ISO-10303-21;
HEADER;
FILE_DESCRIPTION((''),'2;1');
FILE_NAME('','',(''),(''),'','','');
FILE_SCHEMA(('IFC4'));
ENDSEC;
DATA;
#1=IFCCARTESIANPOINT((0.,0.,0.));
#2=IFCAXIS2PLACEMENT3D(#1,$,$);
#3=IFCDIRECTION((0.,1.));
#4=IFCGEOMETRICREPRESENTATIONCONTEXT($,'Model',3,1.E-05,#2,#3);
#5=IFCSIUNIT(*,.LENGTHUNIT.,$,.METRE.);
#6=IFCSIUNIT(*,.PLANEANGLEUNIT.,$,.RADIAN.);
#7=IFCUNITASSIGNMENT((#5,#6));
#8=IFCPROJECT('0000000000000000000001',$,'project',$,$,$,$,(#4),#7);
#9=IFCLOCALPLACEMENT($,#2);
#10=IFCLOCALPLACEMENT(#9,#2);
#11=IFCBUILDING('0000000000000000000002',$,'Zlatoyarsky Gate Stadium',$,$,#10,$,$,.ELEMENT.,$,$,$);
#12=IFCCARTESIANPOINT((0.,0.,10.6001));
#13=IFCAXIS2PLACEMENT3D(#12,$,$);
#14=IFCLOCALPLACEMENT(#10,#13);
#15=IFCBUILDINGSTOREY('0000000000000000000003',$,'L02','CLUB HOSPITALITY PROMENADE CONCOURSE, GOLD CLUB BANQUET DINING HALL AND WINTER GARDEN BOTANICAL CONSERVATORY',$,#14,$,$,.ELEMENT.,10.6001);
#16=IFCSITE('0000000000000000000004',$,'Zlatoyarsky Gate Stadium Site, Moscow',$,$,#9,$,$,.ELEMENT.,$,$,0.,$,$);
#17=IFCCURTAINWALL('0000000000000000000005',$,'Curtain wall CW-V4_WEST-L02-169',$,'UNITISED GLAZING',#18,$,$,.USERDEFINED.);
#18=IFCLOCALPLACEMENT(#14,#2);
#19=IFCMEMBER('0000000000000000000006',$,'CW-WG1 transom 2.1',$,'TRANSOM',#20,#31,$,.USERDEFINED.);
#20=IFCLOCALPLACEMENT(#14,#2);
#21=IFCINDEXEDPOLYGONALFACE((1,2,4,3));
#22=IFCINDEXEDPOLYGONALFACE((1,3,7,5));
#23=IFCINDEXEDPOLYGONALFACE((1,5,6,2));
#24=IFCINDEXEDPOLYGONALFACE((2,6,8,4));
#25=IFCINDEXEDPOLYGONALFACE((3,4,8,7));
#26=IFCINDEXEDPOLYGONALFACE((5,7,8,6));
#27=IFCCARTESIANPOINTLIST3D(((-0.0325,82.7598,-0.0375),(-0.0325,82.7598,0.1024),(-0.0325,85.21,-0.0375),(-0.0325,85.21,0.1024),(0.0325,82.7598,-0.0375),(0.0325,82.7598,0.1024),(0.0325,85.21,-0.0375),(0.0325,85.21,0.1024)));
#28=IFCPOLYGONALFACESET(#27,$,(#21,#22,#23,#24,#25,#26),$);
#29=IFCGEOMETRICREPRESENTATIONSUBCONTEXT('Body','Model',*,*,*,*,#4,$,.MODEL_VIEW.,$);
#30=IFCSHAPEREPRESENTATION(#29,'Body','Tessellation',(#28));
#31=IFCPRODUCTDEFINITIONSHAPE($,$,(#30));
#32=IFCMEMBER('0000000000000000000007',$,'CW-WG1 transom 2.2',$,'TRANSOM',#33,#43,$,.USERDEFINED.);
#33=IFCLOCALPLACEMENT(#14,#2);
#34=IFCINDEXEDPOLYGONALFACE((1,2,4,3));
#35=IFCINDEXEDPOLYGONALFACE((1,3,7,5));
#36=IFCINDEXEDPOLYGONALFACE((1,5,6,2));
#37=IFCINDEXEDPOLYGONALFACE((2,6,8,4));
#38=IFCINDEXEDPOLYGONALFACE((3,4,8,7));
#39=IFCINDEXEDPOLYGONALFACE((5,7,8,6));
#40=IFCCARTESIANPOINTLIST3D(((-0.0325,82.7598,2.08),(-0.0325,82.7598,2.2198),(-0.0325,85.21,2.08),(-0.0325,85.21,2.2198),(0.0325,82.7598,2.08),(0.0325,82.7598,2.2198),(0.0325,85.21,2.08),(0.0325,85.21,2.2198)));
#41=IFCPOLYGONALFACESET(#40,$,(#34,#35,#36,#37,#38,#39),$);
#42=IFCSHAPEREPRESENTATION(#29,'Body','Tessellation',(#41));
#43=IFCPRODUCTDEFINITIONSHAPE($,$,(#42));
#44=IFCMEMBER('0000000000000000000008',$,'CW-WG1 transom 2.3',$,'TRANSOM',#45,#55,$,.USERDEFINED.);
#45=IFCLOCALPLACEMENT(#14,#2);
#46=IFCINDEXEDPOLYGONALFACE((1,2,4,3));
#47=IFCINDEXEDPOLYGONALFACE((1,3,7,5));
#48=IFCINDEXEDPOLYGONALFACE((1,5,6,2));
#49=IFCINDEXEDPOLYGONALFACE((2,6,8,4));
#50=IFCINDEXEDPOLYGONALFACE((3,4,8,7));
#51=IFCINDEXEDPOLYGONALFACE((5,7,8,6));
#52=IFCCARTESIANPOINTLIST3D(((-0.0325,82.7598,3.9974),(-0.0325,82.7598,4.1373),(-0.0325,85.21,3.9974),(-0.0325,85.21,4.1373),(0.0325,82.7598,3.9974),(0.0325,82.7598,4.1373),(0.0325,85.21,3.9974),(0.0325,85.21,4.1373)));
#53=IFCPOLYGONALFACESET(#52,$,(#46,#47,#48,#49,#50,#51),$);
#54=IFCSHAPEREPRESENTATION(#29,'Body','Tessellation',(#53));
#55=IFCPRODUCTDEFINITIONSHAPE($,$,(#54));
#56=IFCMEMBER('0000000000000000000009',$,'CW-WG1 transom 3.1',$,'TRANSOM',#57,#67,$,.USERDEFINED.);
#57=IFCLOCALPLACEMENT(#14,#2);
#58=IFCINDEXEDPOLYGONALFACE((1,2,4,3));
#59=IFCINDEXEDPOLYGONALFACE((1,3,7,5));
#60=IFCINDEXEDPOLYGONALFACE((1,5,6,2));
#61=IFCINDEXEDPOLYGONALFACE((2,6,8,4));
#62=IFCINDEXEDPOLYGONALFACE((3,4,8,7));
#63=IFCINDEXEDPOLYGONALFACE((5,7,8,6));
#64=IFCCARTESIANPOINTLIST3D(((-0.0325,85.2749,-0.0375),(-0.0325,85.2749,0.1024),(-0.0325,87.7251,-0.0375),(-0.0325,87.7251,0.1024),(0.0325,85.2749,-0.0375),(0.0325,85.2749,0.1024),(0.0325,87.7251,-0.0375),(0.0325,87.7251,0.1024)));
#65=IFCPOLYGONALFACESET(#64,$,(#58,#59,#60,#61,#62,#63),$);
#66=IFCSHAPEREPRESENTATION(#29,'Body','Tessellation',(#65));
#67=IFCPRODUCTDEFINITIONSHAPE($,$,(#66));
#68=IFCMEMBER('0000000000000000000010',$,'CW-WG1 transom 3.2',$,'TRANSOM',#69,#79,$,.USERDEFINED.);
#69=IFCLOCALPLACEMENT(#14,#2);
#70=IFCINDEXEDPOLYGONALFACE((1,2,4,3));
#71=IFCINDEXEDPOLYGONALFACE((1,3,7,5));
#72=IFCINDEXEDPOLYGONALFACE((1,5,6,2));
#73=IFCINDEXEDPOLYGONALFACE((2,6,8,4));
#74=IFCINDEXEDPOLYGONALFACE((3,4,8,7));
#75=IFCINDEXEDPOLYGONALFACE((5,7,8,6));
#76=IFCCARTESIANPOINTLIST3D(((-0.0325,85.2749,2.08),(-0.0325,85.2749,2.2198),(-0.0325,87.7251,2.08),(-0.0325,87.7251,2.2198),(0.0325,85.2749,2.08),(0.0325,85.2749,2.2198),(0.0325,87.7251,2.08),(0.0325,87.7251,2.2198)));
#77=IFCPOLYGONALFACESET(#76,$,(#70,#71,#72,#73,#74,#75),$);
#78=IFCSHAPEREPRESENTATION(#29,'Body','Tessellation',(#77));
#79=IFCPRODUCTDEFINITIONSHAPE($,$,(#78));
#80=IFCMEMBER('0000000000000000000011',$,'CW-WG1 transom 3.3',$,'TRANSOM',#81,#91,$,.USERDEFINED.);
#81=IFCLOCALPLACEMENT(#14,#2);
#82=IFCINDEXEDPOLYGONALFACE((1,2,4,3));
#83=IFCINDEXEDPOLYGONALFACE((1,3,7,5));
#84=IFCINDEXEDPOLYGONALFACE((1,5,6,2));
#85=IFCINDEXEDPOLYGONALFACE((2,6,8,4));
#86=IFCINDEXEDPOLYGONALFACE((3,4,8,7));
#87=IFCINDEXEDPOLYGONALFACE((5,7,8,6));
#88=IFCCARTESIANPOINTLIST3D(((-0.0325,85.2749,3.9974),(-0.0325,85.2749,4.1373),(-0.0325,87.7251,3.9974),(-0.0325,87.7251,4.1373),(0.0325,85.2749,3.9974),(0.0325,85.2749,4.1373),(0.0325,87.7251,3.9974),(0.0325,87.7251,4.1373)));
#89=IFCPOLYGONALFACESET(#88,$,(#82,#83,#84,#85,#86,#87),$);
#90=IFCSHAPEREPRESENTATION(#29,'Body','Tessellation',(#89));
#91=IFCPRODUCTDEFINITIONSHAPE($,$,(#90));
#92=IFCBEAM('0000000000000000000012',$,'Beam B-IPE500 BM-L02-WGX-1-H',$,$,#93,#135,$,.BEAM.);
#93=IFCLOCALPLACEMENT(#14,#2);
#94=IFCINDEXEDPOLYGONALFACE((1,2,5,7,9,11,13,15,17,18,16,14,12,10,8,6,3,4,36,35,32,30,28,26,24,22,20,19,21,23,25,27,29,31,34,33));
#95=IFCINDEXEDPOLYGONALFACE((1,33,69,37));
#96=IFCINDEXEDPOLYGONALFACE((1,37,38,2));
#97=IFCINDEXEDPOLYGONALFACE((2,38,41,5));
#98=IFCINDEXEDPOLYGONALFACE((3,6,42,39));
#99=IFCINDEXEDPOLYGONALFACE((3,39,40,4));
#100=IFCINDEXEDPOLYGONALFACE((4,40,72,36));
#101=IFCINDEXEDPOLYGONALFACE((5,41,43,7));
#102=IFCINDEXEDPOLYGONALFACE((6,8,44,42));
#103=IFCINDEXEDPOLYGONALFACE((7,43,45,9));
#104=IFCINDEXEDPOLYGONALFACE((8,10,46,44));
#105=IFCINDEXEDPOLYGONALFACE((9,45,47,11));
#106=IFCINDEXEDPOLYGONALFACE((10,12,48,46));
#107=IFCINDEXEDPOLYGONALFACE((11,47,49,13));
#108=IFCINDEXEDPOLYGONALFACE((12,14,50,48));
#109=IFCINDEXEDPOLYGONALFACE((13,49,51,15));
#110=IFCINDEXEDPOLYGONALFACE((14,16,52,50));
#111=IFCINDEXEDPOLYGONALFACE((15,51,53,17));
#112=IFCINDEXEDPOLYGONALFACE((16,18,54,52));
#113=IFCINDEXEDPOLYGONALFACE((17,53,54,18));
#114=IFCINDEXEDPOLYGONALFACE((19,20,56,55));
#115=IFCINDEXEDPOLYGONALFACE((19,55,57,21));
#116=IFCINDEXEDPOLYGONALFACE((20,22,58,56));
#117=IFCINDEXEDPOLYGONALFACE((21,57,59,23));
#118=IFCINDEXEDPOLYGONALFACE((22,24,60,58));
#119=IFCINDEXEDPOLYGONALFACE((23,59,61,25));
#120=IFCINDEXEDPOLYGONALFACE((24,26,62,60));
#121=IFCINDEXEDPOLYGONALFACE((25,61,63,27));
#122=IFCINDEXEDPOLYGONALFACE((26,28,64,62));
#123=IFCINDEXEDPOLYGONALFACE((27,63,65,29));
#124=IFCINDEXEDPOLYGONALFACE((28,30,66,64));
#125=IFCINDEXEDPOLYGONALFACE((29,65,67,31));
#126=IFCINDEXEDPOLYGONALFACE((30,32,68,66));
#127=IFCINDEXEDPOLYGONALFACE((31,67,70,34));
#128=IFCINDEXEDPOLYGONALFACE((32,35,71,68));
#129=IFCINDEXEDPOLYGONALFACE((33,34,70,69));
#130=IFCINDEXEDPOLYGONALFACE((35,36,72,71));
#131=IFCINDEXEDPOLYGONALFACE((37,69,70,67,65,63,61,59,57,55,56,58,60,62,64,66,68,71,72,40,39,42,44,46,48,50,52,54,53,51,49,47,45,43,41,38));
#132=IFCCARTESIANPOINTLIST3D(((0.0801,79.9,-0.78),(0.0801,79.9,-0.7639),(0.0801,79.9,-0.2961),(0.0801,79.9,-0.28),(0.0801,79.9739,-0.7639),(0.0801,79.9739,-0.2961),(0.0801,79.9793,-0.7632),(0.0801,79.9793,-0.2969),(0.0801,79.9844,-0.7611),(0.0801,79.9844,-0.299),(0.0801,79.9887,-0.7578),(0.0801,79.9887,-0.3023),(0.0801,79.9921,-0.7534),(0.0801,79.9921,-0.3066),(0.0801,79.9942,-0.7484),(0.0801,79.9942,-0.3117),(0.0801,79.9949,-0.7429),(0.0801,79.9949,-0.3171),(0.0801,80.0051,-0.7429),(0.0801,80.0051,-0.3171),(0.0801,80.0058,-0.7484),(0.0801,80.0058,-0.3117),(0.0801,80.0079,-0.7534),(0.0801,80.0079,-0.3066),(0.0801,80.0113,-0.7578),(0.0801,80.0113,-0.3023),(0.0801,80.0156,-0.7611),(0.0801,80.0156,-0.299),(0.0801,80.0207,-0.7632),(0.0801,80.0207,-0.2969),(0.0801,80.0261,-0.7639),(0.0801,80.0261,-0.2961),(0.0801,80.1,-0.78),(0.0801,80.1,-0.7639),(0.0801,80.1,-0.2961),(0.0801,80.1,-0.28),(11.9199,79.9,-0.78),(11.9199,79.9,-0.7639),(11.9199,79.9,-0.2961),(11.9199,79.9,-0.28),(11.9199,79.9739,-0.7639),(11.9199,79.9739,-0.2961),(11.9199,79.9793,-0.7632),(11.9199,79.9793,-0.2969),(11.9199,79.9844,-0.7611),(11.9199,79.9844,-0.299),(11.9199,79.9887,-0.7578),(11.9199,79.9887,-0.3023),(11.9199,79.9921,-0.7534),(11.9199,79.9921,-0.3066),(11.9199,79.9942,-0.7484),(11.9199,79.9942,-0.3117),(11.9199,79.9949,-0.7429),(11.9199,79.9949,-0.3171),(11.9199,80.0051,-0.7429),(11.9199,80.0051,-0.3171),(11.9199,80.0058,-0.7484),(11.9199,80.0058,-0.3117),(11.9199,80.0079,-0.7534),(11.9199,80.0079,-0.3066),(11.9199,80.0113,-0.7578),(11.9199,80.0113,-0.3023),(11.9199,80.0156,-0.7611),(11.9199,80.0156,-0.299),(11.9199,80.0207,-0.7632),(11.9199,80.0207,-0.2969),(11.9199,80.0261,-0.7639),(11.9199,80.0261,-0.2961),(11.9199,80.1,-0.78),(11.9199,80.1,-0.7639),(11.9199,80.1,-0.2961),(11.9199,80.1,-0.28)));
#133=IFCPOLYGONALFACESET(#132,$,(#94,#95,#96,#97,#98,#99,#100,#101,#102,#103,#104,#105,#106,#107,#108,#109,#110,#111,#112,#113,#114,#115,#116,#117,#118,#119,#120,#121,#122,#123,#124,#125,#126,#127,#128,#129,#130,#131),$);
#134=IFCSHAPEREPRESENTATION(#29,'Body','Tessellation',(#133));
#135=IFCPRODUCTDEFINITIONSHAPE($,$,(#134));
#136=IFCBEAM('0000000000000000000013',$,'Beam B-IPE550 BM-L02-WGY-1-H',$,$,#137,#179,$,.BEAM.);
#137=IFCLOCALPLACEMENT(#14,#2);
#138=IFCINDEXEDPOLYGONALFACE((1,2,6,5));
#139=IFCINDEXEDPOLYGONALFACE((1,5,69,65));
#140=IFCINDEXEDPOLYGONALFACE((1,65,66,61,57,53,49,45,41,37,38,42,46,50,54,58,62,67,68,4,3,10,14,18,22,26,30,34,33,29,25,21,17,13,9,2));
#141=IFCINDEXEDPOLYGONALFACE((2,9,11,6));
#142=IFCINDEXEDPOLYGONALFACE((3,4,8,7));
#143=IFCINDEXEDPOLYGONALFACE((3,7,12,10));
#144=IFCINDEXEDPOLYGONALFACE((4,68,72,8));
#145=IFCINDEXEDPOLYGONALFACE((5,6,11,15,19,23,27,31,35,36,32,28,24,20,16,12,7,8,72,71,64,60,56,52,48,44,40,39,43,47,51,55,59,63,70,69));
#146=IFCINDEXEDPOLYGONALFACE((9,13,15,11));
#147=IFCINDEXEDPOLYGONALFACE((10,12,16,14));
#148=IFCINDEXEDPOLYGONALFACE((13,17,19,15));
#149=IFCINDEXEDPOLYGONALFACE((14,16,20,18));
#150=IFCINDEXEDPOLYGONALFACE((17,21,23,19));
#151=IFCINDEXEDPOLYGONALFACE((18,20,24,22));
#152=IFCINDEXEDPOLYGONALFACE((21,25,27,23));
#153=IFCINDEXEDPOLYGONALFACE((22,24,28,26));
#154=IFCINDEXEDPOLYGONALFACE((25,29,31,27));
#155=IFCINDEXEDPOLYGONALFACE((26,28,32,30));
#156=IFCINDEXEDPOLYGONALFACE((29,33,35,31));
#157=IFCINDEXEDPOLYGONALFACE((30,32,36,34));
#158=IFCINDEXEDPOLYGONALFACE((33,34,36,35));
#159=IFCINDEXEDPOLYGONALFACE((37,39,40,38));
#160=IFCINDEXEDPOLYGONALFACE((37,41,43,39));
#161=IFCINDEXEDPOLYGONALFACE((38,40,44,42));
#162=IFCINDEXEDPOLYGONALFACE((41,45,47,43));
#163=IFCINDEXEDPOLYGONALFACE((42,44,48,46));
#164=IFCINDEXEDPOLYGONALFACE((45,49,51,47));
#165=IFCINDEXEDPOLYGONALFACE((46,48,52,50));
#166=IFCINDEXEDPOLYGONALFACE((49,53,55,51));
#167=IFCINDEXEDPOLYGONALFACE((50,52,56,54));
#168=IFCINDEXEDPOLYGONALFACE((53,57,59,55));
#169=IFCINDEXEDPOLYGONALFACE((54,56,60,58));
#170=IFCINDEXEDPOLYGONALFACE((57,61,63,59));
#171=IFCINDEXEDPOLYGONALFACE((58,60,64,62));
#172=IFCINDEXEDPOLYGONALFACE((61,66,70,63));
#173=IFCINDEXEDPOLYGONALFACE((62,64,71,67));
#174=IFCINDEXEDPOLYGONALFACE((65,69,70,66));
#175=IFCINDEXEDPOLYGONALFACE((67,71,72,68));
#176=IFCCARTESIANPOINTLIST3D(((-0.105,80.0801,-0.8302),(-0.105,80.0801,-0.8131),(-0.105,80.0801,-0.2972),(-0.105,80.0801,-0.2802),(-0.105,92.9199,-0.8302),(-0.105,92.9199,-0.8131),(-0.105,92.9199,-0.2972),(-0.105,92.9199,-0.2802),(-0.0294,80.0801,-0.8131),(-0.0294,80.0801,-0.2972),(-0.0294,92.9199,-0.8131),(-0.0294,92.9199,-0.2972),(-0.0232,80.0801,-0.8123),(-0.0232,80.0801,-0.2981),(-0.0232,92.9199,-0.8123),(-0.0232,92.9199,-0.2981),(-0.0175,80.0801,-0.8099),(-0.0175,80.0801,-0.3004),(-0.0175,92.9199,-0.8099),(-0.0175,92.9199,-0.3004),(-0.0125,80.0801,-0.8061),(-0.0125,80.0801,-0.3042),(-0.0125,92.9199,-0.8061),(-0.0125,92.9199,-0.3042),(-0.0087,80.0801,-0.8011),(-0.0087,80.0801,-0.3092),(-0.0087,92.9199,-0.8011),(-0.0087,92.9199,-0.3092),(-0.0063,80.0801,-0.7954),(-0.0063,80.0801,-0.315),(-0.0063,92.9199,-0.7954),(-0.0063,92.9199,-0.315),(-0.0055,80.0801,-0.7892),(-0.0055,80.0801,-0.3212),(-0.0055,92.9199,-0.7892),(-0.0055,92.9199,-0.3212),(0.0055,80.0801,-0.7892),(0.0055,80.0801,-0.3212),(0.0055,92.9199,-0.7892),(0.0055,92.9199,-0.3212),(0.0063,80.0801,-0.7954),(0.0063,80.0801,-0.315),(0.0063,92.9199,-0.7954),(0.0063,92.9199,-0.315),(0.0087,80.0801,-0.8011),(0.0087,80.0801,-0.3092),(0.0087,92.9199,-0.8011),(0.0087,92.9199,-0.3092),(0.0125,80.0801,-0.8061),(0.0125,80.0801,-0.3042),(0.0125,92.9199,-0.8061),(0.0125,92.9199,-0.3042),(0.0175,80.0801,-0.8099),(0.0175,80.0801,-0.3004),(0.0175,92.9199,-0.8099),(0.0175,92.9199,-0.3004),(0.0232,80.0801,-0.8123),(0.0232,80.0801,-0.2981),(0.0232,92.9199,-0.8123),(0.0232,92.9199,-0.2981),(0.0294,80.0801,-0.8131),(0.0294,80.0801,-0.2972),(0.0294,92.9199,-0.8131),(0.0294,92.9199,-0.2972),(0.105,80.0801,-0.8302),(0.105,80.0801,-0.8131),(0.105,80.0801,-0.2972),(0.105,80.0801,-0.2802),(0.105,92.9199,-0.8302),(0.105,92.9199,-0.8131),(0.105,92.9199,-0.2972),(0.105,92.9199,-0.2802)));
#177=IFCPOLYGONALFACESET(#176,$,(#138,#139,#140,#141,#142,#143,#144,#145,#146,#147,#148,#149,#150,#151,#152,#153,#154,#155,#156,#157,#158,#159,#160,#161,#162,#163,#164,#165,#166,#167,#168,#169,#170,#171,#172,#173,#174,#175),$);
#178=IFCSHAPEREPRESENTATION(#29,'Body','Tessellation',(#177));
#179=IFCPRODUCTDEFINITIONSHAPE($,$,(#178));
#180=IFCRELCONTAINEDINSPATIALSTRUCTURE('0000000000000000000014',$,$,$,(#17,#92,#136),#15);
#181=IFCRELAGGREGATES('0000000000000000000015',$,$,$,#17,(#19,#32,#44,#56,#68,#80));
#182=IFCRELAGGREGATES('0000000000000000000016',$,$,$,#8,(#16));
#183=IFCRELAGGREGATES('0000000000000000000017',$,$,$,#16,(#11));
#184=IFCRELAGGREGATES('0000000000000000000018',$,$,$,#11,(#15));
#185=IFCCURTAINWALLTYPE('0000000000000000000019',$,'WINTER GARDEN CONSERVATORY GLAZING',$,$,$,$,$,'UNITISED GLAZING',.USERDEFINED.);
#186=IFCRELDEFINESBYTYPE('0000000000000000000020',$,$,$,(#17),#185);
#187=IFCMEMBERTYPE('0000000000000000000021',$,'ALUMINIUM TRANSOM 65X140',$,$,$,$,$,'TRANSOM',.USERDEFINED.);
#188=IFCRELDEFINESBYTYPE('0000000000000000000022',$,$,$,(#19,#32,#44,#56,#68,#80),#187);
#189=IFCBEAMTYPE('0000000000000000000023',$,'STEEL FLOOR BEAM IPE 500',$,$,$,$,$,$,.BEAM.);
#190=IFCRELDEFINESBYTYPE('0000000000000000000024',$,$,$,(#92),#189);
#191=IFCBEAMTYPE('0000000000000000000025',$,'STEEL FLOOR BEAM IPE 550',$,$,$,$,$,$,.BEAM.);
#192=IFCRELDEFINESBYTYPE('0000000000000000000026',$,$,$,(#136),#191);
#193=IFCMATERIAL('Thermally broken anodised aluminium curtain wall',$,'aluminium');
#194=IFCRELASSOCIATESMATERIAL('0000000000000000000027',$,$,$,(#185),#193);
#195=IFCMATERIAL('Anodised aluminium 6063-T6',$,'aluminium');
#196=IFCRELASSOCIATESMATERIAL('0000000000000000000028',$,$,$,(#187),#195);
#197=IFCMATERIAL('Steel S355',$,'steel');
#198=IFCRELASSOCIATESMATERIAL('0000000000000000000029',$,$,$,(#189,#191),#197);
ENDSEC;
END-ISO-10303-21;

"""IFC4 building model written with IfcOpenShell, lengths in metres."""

from ifc_helpers import new_model, si_unit, direction, frame, origin, origin_2d, place, context, subcontext, project, spatial, rectangle, i_section, extrude, material, material_profile, profile_set, type_object, element, aggregate, save


model = new_model("IFC4")

# Units and contexts
model_context = context("Model", 3, precision=1e-05, world=origin(), true_north=direction((0.0, 1.0)))
body_context = subcontext(model_context, "Body", "Model", "MODEL_VIEW")
ifc_project = project(units=[si_unit("LENGTHUNIT", "METRE"), si_unit("PLANEANGLEUNIT", "RADIAN")], contexts=[model_context])

# Site, building, storey
site_placement = place(None, origin())
site = spatial("IfcSite", under=ifc_project, at=site_placement, Name="Zlatoyarsky Gate Stadium Site, Moscow", CompositionType="ELEMENT", RefElevation=0.0)
building_placement = place(site_placement, origin())
building = spatial("IfcBuilding", under=site, at=building_placement, Name="Zlatoyarsky Gate Stadium", CompositionType="ELEMENT")
storey_placement = place(building_placement, frame((0.0, 0.0, 10.6001)))
storey = spatial("IfcBuildingStorey", under=building, at=storey_placement, Name="L02", Description="CLUB HOSPITALITY PROMENADE CONCOURSE, GOLD CLUB BANQUET DINING HALL AND WINTER GARDEN BOTANICAL CONSERVATORY", CompositionType="ELEMENT", Elevation=10.6001)

# Shared definitions
ifc_material_1 = material(Name="Steel S355", Category="steel")

# Curtain wall, members
ifc_material_2 = material(Name="Thermally broken anodised aluminium curtain wall", Category="aluminium")
curtain_wall_type = type_object("IfcCurtainWallType", Name="WINTER GARDEN CONSERVATORY GLAZING", ElementType="UNITISED GLAZING", PredefinedType="USERDEFINED", material=ifc_material_2)
curtain_wall_placement = place(storey_placement, origin())
curtain_wall = element("IfcCurtainWall", 1, at=curtain_wall_placement, inside=storey, type_object=curtain_wall_type, Name="Curtain wall CW-V4_WEST-L02-169", ObjectType="UNITISED GLAZING", PredefinedType="USERDEFINED")
ifc_material_3 = material(Name="Anodised aluminium 6063-T6", Category="aluminium")
ifc_material_profile_1 = material_profile(ifc_material_3, rectangle(XDim=0.0649, YDim=0.1399, at=origin_2d()), Name="ALU 65X140")
ifc_profile_set_1 = profile_set([ifc_material_profile_1], Name="Anodised aluminium 6063-T6")
member_type_1 = type_object("IfcMemberType", Name="ALUMINIUM TRANSOM 65X140", ElementType="TRANSOM", PredefinedType="USERDEFINED", material=ifc_profile_set_1)
member_1_placement = place(storey_placement, frame((0.0, 82.7598, 0.0325), z_axis=(0.0, 1.0, 0.0), x_axis=(-1.0, 0.0, 0.0)))
member_1 = element("IfcMember", 2, at=member_1_placement, type_object=member_type_1, Name="CW-WG1 transom 2.1", ObjectType="TRANSOM", PredefinedType="USERDEFINED", context=body_context, shape_type="SweptSolid", body=[
    extrude(rectangle(XDim=0.0649, YDim=0.1399, at=origin_2d()), origin(), (0.0, 0.0, 1.0), 2.4502),
])
member_2_placement = place(storey_placement, frame((0.0, 82.7598, 2.1499), z_axis=(0.0, 1.0, 0.0), x_axis=(-1.0, 0.0, 0.0)))
member_2 = element("IfcMember", 3, at=member_2_placement, type_object=member_type_1, Name="CW-WG1 transom 2.2", ObjectType="TRANSOM", PredefinedType="USERDEFINED", context=body_context, shape_type="SweptSolid", body=[
    extrude(rectangle(XDim=0.0649, YDim=0.1399, at=origin_2d()), origin(), (0.0, 0.0, 1.0), 2.4502),
])
member_3_placement = place(storey_placement, frame((0.0, 82.7598, 4.0674), z_axis=(0.0, 1.0, 0.0), x_axis=(-1.0, 0.0, 0.0)))
member_3 = element("IfcMember", 4, at=member_3_placement, type_object=member_type_1, Name="CW-WG1 transom 2.3", ObjectType="TRANSOM", PredefinedType="USERDEFINED", context=body_context, shape_type="SweptSolid", body=[
    extrude(rectangle(XDim=0.0649, YDim=0.1399, at=origin_2d()), origin(), (0.0, 0.0, 1.0), 2.4502),
])
member_4_placement = place(storey_placement, frame((0.0, 85.2749, 0.0325), z_axis=(0.0, 1.0, 0.0), x_axis=(-1.0, 0.0, 0.0)))
member_4 = element("IfcMember", 5, at=member_4_placement, type_object=member_type_1, Name="CW-WG1 transom 3.1", ObjectType="TRANSOM", PredefinedType="USERDEFINED", context=body_context, shape_type="SweptSolid", body=[
    extrude(rectangle(XDim=0.0649, YDim=0.1399, at=origin_2d()), origin(), (0.0, 0.0, 1.0), 2.4502),
])
member_5_placement = place(storey_placement, frame((0.0, 85.2749, 2.1499), z_axis=(0.0, 1.0, 0.0), x_axis=(-1.0, 0.0, 0.0)))
member_5 = element("IfcMember", 6, at=member_5_placement, type_object=member_type_1, Name="CW-WG1 transom 3.2", ObjectType="TRANSOM", PredefinedType="USERDEFINED", context=body_context, shape_type="SweptSolid", body=[
    extrude(rectangle(XDim=0.0649, YDim=0.1399, at=origin_2d()), origin(), (0.0, 0.0, 1.0), 2.4502),
])
member_6_placement = place(storey_placement, frame((0.0, 85.2749, 4.0674), z_axis=(0.0, 1.0, 0.0), x_axis=(-1.0, 0.0, 0.0)))
member_6 = element("IfcMember", 7, at=member_6_placement, type_object=member_type_1, Name="CW-WG1 transom 3.3", ObjectType="TRANSOM", PredefinedType="USERDEFINED", context=body_context, shape_type="SweptSolid", body=[
    extrude(rectangle(XDim=0.0649, YDim=0.1399, at=origin_2d()), origin(), (0.0, 0.0, 1.0), 2.4502),
])

# Beams
ifc_material_profile_2 = material_profile(ifc_material_1, i_section(OverallWidth=0.2, OverallDepth=0.5, WebThickness=0.0103, FlangeThickness=0.0161, FilletRadius=0.021, at=origin_2d()), Name="IPE 500")
ifc_profile_set_2 = profile_set([ifc_material_profile_2], Name="Steel S355")
beam_type_1 = type_object("IfcBeamType", Name="STEEL FLOOR BEAM IPE 500", PredefinedType="BEAM", material=ifc_profile_set_2)
beam_1_placement = place(storey_placement, frame((0.0801, 80.0, -0.53), z_axis=(1.0, 0.0, 0.0), x_axis=(0.0, 1.0, 0.0)))
element("IfcBeam", 8, at=beam_1_placement, inside=storey, type_object=beam_type_1, Name="Beam B-IPE500 BM-L02-WGX-1-H", PredefinedType="BEAM", context=body_context, shape_type="SweptSolid", body=[
    extrude(i_section(OverallWidth=0.2, OverallDepth=0.5, WebThickness=0.0103, FlangeThickness=0.0161, FilletRadius=0.021, at=origin_2d()), origin(), (0.0, 0.0, 1.0), 11.8398),
])
ifc_material_profile_3 = material_profile(ifc_material_1, i_section(OverallWidth=0.21, OverallDepth=0.55, WebThickness=0.011, FlangeThickness=0.0171, FilletRadius=0.0239, at=origin_2d()), Name="IPE 550")
ifc_profile_set_3 = profile_set([ifc_material_profile_3], Name="Steel S355")
beam_type_2 = type_object("IfcBeamType", Name="STEEL FLOOR BEAM IPE 550", PredefinedType="BEAM", material=ifc_profile_set_3)
beam_2_placement = place(storey_placement, frame((0.0, 80.0801, -0.5552), z_axis=(0.0, 1.0, 0.0), x_axis=(-1.0, 0.0, 0.0)))
element("IfcBeam", 9, at=beam_2_placement, inside=storey, type_object=beam_type_2, Name="Beam B-IPE550 BM-L02-WGY-1-H", PredefinedType="BEAM", context=body_context, shape_type="SweptSolid", body=[
    extrude(i_section(OverallWidth=0.21, OverallDepth=0.55, WebThickness=0.011, FlangeThickness=0.0171, FilletRadius=0.0239, at=origin_2d()), origin(), (0.0, 0.0, 1.0), 12.8398),
])

aggregate(curtain_wall, [member_1, member_2, member_3, member_4, member_5, member_6])

save(model, "model.ifc")
